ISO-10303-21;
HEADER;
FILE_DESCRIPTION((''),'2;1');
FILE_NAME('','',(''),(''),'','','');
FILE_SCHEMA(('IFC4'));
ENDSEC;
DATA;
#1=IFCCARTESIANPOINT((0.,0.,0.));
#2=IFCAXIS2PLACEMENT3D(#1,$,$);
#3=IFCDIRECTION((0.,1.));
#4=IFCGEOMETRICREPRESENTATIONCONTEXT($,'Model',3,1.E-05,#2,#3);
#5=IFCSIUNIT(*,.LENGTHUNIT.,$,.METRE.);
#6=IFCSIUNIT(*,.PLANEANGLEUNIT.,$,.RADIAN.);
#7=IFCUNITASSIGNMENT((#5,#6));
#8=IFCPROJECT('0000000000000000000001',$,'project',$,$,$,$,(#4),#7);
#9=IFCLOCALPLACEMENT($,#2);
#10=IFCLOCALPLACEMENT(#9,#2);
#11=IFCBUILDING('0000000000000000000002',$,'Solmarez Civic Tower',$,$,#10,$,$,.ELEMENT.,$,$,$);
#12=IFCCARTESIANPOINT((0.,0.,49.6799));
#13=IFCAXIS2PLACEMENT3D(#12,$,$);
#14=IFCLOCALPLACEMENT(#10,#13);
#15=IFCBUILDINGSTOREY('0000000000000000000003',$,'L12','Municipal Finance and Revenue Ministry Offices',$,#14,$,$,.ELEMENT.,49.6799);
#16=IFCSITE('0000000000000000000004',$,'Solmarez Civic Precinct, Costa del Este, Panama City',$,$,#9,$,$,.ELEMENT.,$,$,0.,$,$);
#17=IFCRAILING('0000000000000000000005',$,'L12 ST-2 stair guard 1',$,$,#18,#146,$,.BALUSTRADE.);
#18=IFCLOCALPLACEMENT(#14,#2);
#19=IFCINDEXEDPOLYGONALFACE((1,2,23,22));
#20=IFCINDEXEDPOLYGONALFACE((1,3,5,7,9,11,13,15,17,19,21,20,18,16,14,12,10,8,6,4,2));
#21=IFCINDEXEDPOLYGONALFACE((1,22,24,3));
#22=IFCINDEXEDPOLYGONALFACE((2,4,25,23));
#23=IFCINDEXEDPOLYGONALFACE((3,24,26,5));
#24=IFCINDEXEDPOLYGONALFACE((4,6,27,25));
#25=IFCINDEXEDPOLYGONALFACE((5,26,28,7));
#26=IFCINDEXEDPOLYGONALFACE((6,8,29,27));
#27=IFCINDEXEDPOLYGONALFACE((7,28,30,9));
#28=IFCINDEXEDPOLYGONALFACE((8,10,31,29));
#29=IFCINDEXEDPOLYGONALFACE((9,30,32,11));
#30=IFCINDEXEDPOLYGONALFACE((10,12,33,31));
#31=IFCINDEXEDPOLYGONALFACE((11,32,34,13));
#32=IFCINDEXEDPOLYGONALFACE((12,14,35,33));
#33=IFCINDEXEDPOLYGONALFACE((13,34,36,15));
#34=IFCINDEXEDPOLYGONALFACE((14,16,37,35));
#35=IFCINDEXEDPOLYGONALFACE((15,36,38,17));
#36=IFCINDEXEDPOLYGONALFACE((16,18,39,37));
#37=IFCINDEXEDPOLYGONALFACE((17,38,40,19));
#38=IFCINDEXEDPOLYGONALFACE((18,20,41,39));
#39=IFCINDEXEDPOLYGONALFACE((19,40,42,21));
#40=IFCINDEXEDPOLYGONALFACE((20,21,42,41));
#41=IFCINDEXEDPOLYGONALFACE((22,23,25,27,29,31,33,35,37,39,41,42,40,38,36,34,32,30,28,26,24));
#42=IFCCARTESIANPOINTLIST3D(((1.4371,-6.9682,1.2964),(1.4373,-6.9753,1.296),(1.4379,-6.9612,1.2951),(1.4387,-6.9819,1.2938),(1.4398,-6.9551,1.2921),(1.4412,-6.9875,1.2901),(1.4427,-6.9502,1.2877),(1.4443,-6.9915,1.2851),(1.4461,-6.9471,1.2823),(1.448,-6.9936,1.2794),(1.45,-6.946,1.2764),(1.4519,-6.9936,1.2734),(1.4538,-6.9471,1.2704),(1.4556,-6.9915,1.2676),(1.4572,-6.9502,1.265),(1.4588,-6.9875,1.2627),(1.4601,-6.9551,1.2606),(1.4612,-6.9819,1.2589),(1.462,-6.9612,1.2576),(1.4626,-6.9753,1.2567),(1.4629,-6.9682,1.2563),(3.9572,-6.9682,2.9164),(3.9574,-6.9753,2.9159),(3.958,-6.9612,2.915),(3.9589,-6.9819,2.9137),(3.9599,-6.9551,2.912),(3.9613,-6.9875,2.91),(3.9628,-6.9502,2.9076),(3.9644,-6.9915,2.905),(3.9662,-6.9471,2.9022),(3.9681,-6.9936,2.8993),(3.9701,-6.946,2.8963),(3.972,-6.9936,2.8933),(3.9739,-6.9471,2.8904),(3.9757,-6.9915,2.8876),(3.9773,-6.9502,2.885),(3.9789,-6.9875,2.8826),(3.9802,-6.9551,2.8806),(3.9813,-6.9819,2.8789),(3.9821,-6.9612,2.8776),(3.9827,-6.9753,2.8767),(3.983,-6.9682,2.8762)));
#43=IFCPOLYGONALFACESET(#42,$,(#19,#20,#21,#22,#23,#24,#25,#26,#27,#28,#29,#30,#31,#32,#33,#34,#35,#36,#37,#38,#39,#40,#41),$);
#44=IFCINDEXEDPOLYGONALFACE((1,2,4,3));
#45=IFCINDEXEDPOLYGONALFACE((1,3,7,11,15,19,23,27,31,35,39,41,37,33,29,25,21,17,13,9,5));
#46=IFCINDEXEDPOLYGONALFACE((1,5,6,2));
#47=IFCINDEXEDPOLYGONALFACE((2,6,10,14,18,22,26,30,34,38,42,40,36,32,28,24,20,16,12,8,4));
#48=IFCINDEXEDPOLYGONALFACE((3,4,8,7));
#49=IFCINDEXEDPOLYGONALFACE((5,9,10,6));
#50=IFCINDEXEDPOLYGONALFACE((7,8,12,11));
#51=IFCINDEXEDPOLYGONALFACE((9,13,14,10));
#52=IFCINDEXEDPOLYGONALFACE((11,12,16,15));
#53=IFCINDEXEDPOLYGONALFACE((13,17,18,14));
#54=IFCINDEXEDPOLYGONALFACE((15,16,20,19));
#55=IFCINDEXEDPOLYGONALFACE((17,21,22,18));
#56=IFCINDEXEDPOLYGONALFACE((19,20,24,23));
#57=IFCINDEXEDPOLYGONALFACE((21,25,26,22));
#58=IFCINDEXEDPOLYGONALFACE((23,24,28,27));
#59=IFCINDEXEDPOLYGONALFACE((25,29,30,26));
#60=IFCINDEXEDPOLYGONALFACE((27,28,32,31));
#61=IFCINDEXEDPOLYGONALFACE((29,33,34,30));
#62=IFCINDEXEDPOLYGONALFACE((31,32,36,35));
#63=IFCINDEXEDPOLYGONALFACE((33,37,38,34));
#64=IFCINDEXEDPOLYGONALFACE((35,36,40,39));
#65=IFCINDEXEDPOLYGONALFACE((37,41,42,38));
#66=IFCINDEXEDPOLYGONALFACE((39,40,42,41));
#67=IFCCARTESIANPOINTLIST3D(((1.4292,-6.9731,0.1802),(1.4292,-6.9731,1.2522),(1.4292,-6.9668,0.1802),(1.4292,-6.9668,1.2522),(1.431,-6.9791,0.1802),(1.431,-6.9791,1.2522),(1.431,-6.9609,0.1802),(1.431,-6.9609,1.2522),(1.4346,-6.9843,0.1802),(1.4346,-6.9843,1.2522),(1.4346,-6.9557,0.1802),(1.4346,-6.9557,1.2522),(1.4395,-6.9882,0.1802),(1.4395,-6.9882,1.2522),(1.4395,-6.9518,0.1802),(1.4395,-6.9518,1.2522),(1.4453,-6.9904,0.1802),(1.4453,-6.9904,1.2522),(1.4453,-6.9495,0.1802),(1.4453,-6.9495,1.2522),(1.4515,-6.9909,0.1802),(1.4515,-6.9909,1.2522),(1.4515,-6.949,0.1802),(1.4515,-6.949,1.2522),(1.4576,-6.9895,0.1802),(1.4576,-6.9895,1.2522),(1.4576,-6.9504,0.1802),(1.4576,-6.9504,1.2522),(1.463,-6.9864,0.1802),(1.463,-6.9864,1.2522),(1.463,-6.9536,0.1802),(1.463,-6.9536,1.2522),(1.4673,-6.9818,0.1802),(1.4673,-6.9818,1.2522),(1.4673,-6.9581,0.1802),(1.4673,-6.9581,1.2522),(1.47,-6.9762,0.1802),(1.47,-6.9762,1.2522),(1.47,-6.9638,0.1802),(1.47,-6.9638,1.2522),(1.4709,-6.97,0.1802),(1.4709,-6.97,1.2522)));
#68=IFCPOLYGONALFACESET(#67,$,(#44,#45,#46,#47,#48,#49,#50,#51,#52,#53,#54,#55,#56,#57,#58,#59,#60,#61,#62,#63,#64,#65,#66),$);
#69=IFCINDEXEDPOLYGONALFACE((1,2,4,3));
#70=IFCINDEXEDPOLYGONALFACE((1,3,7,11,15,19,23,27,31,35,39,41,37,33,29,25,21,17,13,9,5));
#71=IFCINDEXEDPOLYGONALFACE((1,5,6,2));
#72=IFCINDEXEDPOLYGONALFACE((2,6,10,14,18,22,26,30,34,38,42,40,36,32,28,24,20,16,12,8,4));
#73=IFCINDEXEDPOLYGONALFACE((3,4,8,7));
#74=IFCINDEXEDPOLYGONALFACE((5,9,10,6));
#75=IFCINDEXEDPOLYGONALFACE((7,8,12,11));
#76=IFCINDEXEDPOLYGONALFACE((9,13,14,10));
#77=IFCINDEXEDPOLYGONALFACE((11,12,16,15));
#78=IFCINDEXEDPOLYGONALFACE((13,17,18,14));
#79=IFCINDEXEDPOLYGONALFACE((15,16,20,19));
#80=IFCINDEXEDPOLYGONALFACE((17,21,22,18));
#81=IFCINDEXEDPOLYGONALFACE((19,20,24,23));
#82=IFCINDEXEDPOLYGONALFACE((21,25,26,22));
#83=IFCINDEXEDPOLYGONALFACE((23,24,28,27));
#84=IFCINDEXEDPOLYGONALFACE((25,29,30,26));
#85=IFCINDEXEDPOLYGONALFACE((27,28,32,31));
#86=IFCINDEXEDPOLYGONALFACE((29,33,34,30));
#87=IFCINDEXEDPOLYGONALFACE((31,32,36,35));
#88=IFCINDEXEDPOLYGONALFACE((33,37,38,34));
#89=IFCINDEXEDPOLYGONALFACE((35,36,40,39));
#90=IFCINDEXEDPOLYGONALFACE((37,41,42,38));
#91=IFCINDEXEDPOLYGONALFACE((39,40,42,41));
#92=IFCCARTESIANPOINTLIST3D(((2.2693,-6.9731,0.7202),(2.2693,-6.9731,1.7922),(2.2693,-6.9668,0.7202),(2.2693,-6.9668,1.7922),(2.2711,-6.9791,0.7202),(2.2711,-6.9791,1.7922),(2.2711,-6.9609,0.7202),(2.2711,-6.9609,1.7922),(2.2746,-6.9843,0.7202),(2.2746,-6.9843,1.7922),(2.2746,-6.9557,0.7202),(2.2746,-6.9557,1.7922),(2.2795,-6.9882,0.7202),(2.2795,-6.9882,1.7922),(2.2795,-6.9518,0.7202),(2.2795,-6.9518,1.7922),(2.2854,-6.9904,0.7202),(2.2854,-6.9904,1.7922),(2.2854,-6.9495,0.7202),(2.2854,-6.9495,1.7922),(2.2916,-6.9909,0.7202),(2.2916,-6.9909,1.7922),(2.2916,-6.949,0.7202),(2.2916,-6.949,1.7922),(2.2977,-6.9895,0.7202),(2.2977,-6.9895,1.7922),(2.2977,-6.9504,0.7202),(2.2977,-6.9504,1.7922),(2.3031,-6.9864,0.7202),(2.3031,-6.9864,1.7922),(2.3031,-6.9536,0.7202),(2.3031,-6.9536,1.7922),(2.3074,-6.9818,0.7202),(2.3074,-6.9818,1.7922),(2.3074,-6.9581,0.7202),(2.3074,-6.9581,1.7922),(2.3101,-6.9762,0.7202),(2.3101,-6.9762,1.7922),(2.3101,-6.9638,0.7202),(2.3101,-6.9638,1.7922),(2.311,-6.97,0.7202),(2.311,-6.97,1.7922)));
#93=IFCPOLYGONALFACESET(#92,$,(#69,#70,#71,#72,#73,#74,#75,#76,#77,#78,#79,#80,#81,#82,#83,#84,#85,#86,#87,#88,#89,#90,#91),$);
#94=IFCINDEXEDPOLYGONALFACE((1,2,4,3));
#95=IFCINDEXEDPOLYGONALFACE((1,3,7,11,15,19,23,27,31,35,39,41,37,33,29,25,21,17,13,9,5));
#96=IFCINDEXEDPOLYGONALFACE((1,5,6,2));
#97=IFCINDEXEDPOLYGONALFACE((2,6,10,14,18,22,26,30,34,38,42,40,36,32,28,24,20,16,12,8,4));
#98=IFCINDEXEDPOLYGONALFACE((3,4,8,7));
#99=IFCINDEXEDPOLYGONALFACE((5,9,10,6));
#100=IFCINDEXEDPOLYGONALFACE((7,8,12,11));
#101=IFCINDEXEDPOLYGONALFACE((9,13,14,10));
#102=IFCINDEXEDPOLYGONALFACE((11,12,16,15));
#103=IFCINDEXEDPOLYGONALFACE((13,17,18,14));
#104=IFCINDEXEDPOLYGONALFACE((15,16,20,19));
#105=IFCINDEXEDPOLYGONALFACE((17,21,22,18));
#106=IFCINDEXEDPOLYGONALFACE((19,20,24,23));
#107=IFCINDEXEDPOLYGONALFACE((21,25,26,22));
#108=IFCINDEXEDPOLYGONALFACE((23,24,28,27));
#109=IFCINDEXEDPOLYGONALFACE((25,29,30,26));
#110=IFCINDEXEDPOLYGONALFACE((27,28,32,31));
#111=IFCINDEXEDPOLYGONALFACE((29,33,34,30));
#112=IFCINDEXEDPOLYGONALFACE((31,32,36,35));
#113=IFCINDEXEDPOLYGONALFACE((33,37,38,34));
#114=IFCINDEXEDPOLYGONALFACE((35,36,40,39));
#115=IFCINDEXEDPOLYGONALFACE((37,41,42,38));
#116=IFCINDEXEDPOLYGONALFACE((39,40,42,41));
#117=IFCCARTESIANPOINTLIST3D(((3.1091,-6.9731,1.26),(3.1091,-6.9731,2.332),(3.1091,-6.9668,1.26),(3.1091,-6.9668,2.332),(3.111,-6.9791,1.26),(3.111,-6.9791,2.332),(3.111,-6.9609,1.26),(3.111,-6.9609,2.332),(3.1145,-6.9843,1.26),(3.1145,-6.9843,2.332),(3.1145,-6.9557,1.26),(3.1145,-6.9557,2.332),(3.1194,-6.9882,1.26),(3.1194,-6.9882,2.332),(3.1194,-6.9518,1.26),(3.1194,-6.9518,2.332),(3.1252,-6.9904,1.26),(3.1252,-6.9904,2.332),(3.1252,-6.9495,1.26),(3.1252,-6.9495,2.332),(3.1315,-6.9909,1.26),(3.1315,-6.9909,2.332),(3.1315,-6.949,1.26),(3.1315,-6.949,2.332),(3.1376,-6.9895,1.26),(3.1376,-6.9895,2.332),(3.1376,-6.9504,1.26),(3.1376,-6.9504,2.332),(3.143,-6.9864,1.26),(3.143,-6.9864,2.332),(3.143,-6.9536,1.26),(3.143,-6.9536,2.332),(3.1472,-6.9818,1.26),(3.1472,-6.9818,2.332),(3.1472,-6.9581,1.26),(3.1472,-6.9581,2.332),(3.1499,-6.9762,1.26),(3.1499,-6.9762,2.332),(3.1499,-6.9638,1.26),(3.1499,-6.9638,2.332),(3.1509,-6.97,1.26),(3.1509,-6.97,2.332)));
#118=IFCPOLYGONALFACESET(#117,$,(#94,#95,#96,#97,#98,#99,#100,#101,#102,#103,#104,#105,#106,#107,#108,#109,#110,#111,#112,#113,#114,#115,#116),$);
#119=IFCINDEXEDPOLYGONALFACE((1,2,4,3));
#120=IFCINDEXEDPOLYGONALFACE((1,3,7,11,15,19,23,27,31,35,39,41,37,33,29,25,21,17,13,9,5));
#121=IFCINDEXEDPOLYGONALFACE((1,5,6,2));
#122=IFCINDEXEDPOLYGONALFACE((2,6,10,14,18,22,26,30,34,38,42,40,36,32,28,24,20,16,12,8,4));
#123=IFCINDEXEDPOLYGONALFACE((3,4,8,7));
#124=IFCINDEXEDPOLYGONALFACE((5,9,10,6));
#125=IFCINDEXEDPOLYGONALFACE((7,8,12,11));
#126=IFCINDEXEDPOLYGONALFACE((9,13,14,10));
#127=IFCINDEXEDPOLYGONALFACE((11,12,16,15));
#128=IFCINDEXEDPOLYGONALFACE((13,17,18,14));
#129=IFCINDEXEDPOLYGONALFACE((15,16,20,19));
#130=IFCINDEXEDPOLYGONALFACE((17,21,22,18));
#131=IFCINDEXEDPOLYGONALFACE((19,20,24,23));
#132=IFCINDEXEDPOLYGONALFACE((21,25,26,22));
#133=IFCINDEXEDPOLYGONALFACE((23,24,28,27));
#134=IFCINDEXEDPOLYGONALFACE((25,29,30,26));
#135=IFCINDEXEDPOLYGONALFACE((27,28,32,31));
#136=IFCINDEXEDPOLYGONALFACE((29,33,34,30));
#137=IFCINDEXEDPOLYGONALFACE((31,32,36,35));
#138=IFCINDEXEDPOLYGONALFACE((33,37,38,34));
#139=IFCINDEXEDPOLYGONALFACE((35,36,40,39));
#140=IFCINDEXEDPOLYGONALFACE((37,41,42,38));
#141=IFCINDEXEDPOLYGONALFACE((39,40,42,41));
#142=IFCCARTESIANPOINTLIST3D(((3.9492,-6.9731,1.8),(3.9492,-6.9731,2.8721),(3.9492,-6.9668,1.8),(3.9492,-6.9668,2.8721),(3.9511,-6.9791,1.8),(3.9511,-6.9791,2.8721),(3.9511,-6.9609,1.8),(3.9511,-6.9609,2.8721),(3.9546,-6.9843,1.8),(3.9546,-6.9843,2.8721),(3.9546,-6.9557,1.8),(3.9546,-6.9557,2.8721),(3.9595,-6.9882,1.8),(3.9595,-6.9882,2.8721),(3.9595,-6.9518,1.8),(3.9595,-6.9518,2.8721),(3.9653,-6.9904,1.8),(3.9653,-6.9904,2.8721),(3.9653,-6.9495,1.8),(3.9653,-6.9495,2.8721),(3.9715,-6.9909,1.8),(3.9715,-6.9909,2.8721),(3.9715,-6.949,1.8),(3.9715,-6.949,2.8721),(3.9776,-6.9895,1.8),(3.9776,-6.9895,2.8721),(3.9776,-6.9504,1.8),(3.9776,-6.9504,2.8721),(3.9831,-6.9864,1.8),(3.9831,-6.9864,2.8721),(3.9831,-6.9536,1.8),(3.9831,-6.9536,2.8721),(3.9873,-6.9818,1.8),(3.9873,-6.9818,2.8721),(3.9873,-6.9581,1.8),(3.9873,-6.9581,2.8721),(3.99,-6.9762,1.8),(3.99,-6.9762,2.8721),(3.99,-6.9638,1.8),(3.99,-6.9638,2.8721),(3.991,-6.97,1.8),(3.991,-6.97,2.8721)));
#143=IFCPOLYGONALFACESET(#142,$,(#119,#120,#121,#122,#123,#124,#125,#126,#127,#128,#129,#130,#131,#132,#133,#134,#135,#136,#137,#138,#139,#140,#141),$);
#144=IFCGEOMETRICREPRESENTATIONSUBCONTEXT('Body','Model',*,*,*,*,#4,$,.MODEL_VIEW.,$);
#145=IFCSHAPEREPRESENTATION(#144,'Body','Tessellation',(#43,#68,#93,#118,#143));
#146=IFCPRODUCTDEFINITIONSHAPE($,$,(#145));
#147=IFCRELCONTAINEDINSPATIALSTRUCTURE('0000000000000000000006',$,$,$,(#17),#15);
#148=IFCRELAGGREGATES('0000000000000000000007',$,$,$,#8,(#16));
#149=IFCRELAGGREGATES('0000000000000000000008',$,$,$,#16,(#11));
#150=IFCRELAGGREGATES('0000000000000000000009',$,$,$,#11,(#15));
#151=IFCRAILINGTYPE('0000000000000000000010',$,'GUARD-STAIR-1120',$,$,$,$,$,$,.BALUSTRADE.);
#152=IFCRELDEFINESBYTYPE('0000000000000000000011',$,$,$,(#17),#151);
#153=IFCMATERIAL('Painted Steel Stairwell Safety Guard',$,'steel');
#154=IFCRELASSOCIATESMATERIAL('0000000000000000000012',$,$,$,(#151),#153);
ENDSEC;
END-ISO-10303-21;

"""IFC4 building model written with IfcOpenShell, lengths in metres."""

from ifc_helpers import new_model, si_unit, direction, frame, origin, origin_2d, place, context, subcontext, project, spatial, circle, extrude, material, type_object, element, save


model = new_model("IFC4")

# Units and contexts
model_context = context("Model", 3, precision=1e-05, world=origin(), true_north=direction((0.0, 1.0)))
body_context = subcontext(model_context, "Body", "Model", "MODEL_VIEW")
ifc_project = project(units=[si_unit("LENGTHUNIT", "METRE"), si_unit("PLANEANGLEUNIT", "RADIAN")], contexts=[model_context])

# Site, building, storey
site_placement = place(None, origin())
site = spatial("IfcSite", under=ifc_project, at=site_placement, Name="Solmarez Civic Precinct, Costa del Este, Panama City", CompositionType="ELEMENT", RefElevation=0.0)
building_placement = place(site_placement, origin())
building = spatial("IfcBuilding", under=site, at=building_placement, Name="Solmarez Civic Tower", CompositionType="ELEMENT")
storey_placement = place(building_placement, frame((0.0, 0.0, 49.6799)))
storey = spatial("IfcBuildingStorey", under=building, at=storey_placement, Name="L12", Description="Municipal Finance and Revenue Ministry Offices", CompositionType="ELEMENT", Elevation=49.6799)

# Railing
ifc_material_1 = material(Name="Painted Steel Stairwell Safety Guard", Category="steel")
railing_type_1 = type_object("IfcRailingType", Name="GUARD-STAIR-1120", PredefinedType="BALUSTRADE", material=ifc_material_1)
railing_1_placement = place(storey_placement, frame((1.45, -6.97, 0.1802)))
element("IfcRailing", 1, at=railing_1_placement, inside=storey, type_object=railing_type_1, Name="L12 ST-2 stair guard 1", PredefinedType="BALUSTRADE", context=body_context, shape_type="SweptSolid", body=[
    extrude(circle(Radius=0.0239, at=origin_2d()), frame((0.0, 0.0, 1.0962), z_axis=(0.8412, 0.0, 0.540725), x_axis=(0.0, 1.0, 0.0)), (0.0, 0.0, 1.0), 2.9958),
    extrude(circle(Radius=0.021, at=origin_2d()), origin(), (0.0, 0.0, 1.0), 1.072),
    extrude(circle(Radius=0.021, at=origin_2d()), frame((0.8401, 0.0, 0.54)), (0.0, 0.0, 1.0), 1.072),
    extrude(circle(Radius=0.021, at=origin_2d()), frame((1.6799, 0.0, 1.0798)), (0.0, 0.0, 1.0), 1.072),
    extrude(circle(Radius=0.021, at=origin_2d()), frame((2.52, 0.0, 1.6199)), (0.0, 0.0, 1.0), 1.072),
])

save(model, "model.ifc")
